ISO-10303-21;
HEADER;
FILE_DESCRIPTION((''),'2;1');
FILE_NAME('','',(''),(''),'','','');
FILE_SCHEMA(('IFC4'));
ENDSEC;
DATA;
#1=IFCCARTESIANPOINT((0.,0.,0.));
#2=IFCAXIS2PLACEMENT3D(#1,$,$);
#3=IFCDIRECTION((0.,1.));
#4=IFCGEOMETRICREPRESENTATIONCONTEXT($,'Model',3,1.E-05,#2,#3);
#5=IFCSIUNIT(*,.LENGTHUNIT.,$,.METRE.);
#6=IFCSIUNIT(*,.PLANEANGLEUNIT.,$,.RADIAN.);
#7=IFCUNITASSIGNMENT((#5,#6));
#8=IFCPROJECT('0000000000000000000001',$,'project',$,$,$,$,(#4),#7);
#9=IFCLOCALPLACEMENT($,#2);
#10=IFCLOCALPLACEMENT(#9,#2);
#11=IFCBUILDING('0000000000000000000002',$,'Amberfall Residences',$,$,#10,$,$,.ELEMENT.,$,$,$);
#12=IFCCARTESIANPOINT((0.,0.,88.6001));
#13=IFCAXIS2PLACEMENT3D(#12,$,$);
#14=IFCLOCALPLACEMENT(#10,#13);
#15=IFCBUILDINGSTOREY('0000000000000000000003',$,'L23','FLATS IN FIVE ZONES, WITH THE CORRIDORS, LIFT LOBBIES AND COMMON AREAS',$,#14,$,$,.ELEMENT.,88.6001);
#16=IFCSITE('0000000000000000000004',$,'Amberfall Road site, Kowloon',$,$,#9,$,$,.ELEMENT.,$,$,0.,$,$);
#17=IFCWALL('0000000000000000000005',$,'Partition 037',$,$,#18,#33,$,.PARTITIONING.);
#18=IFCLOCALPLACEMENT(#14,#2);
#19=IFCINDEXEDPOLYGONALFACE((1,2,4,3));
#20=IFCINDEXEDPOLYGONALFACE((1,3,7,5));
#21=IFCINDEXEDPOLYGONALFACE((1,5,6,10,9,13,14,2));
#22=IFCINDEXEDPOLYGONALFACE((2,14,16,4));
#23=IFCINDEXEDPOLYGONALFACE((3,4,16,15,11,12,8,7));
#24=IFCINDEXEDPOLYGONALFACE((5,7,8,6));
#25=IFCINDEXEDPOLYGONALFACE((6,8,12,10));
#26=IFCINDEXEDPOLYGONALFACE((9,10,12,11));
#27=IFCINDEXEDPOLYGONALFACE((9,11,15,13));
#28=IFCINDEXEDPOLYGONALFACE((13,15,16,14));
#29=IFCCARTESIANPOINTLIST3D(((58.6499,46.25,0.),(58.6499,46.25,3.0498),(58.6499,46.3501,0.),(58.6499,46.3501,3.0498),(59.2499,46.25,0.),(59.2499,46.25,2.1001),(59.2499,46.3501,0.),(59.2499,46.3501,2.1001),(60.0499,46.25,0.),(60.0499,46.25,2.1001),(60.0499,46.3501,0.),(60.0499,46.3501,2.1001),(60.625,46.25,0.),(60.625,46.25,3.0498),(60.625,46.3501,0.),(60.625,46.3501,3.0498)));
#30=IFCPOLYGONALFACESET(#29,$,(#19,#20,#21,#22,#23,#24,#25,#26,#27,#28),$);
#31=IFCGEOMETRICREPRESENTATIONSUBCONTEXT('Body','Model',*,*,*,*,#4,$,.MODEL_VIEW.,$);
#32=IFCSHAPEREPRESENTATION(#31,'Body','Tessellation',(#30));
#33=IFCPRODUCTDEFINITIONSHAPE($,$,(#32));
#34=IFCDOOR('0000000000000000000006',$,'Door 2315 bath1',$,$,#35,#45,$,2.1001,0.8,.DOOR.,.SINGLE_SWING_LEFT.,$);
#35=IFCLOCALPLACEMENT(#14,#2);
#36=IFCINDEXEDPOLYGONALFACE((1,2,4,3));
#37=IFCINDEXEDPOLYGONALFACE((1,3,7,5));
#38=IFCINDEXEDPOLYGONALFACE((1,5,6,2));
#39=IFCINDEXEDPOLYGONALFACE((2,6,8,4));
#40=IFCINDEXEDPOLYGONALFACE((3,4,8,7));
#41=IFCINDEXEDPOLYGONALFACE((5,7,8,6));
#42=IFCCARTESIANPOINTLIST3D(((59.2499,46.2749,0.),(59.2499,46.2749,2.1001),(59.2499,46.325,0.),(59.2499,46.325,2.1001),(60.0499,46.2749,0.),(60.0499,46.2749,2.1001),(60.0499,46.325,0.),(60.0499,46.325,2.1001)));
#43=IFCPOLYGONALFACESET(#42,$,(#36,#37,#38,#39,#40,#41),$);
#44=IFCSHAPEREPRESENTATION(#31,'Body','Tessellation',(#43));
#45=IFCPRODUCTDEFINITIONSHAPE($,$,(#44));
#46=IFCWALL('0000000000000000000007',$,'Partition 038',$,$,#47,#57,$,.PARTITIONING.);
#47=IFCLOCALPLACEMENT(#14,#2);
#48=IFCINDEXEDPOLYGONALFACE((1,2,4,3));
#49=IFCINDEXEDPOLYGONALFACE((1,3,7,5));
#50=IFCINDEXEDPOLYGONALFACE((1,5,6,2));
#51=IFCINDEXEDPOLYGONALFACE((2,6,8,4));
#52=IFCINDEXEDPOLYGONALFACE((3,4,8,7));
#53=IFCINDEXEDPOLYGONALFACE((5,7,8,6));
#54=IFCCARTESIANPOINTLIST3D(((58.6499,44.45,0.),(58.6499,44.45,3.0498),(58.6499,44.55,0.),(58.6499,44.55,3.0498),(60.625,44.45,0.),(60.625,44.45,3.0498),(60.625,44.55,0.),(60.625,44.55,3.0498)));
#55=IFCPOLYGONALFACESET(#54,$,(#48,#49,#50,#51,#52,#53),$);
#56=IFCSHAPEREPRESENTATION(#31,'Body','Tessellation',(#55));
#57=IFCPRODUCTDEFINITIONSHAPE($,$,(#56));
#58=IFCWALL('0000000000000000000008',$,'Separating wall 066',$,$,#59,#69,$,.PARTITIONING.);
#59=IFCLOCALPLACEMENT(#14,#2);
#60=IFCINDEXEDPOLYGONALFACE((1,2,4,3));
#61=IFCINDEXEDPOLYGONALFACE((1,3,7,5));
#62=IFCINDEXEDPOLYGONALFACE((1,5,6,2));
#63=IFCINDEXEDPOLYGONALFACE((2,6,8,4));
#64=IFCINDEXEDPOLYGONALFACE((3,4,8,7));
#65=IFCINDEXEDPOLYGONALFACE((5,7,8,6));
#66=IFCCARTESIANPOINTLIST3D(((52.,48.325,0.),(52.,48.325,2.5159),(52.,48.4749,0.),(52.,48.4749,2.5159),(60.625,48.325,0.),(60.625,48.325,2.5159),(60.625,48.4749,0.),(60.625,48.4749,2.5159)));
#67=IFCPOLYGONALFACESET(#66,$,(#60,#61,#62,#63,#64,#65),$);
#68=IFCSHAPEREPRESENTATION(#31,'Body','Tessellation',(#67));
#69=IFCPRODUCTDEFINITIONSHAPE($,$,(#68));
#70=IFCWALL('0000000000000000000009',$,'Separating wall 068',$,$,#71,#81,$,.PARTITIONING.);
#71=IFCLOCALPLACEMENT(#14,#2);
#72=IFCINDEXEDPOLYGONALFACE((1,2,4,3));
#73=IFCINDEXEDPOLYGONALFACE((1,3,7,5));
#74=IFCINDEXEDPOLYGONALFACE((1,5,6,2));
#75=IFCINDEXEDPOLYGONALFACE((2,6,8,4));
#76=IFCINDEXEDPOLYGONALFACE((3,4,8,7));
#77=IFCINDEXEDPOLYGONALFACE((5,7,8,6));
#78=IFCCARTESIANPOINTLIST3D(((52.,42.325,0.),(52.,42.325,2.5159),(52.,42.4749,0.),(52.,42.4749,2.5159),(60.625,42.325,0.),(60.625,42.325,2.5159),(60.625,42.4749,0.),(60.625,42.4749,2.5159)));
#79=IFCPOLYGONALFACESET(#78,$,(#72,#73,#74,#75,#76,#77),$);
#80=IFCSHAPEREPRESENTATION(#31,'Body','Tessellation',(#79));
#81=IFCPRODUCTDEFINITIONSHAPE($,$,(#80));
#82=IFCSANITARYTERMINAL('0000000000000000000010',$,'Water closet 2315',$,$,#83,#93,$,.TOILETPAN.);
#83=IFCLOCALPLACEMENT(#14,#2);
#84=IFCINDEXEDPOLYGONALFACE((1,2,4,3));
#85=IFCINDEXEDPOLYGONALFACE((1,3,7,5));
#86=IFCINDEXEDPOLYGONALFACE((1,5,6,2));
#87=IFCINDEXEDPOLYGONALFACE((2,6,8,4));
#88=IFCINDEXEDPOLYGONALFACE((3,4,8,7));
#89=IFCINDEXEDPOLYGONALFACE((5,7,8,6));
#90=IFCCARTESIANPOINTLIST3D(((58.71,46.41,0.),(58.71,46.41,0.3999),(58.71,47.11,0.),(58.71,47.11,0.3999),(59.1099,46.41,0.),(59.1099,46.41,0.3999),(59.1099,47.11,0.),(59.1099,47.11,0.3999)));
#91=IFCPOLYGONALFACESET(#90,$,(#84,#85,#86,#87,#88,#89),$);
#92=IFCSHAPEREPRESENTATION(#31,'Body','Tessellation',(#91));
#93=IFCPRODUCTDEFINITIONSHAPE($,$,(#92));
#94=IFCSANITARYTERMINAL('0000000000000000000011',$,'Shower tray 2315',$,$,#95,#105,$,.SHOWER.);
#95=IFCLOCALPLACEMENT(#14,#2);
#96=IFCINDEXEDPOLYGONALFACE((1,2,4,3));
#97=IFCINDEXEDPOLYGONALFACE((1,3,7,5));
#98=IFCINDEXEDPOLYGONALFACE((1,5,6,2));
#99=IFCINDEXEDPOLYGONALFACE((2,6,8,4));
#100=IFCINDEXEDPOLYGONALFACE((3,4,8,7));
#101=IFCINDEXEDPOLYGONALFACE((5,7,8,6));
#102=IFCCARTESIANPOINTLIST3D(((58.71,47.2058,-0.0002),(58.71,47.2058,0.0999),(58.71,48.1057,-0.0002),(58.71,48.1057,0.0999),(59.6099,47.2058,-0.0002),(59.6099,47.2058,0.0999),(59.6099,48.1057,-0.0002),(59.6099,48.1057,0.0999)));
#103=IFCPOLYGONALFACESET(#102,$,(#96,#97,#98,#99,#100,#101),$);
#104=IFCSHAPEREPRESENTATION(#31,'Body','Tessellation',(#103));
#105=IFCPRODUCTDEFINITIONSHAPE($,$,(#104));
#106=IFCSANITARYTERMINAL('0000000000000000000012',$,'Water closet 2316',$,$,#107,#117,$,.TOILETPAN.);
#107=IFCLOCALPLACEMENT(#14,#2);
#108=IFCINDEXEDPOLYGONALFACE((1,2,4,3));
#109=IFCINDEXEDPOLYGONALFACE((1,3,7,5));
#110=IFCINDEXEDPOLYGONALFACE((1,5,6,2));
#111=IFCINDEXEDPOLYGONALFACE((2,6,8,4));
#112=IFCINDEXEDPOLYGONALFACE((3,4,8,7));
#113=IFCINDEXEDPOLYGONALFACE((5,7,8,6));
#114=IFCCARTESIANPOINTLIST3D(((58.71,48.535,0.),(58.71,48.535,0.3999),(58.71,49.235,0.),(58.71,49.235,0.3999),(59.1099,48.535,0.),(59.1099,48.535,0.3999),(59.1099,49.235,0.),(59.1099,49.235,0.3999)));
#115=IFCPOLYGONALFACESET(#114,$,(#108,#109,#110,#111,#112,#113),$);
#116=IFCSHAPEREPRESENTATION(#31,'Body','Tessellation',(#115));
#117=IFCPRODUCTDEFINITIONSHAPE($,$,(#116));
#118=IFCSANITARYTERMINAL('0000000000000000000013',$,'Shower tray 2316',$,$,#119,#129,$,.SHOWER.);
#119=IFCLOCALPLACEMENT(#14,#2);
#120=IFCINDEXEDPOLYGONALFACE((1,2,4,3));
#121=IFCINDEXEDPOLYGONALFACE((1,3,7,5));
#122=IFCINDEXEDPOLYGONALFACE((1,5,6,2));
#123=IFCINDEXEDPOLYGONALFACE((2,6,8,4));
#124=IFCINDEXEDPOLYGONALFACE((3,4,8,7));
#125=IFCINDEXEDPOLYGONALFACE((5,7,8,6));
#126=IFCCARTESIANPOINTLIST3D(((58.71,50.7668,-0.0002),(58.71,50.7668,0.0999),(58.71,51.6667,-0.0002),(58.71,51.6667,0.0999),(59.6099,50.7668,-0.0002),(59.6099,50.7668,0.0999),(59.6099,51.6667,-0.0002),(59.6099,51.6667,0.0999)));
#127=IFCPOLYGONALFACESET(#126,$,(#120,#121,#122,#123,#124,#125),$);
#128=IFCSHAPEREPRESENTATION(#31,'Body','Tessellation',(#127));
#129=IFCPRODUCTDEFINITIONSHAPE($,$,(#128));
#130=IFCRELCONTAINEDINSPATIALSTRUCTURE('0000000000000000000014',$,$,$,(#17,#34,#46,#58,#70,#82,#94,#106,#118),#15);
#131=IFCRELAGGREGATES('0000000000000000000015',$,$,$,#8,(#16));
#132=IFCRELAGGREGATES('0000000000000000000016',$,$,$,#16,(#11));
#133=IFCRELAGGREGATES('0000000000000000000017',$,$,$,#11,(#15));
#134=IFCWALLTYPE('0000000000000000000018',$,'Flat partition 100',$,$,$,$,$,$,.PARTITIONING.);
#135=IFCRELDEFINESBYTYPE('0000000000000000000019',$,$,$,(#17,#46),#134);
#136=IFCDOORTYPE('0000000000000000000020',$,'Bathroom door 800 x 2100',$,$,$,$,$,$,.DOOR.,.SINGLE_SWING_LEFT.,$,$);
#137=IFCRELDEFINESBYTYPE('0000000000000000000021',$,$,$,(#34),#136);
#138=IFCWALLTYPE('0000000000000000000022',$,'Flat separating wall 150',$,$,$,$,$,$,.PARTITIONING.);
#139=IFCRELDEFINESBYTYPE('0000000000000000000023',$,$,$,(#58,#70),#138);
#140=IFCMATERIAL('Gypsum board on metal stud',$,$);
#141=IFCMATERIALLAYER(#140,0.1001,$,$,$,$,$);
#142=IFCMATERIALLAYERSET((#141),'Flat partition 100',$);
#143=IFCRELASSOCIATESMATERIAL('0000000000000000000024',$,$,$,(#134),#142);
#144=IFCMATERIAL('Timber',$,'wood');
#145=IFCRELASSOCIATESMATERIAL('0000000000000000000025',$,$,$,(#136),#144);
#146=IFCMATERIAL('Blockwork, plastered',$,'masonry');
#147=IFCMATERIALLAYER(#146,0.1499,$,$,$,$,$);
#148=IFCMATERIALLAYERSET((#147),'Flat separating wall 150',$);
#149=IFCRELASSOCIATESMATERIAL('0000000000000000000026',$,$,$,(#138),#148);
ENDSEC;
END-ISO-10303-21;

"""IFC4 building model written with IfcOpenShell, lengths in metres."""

from ifc_helpers import new_model, si_unit, direction, frame, frame_2d, origin, origin_2d, place, context, subcontext, project, spatial, rectangle, extrude, material, layer, layer_set, type_object, element, fill, save


model = new_model("IFC4")

# Units and contexts
model_context = context("Model", 3, precision=1e-05, world=origin(), true_north=direction((0.0, 1.0)))
body_context = subcontext(model_context, "Body", "Model", "MODEL_VIEW")
ifc_project = project(units=[si_unit("LENGTHUNIT", "METRE"), si_unit("PLANEANGLEUNIT", "RADIAN")], contexts=[model_context])

# Site, building, storey
site_placement = place(None, origin())
site = spatial("IfcSite", under=ifc_project, at=site_placement, Name="Amberfall Road site, Kowloon", CompositionType="ELEMENT", RefElevation=0.0)
building_placement = place(site_placement, origin())
building = spatial("IfcBuilding", under=site, at=building_placement, Name="Amberfall Residences", CompositionType="ELEMENT")
storey_placement = place(building_placement, frame((0.0, 0.0, 88.6001)))
storey = spatial("IfcBuildingStorey", under=building, at=storey_placement, Name="L23", Description="FLATS IN FIVE ZONES, WITH THE CORRIDORS, LIFT LOBBIES AND COMMON AREAS", CompositionType="ELEMENT", Elevation=88.6001)

# Shared definitions
ifc_material_1 = material(Name="Gypsum board on metal stud")
ifc_layer_1 = layer(ifc_material_1, 0.1001)
ifc_layer_set_1 = layer_set([ifc_layer_1], Name="Flat partition 100")
wall_type_1 = type_object("IfcWallType", Name="Flat partition 100", PredefinedType="PARTITIONING", material=ifc_layer_set_1)
ifc_material_2 = material(Name="Timber", Category="wood")

# Wall, opening, door
wall_1_placement = place(storey_placement, frame((58.6499, 46.3, 0.0), z_axis=(0.0, 0.0, 1.0), x_axis=(1.0, 0.0, 0.0)))
wall_1 = element("IfcWall", 1, at=wall_1_placement, inside=storey, type_object=wall_type_1, Name="Partition 037", PredefinedType="PARTITIONING", context=body_context, shape_type="SweptSolid", body=[
    extrude(rectangle(XDim=1.9751, YDim=0.1001, at=frame_2d((0.9875, 0.0))), origin(), (0.0, 0.0, 1.0), 3.0498),
])
opening_1_placement = place(wall_1_placement, frame((0.6001, 0.0, 0.0)))
opening_1 = element("IfcOpeningElement", 2, at=opening_1_placement, cuts=wall_1, PredefinedType="OPENING", context=body_context, shape_type="SweptSolid", body=[
    extrude(rectangle(XDim=0.8, YDim=2.1001, at=frame_2d((0.3999, 1.05))), frame((0.0, 0.0601, 0.0), z_axis=(0.0, -1.0, 0.0), x_axis=(1.0, 0.0, 0.0)), (0.0, 0.0, 1.0), 0.1201),
])
door_type_1 = type_object("IfcDoorType", Name="Bathroom door 800 x 2100", OperationType="SINGLE_SWING_LEFT", PredefinedType="DOOR", material=ifc_material_2)
door_1_placement = place(opening_1_placement, origin())
door_1 = element("IfcDoor", 3, at=door_1_placement, inside=storey, type_object=door_type_1, Name="Door 2315 bath1", OperationType="SINGLE_SWING_LEFT", OverallHeight=2.1001, OverallWidth=0.8, PredefinedType="DOOR", context=body_context, shape_type="SweptSolid", body=[
    extrude(rectangle(XDim=0.8, YDim=2.1001, at=frame_2d((0.3999, 1.05))), frame((0.0, 0.0249, 0.0), z_axis=(0.0, -1.0, 0.0), x_axis=(1.0, 0.0, 0.0)), (0.0, 0.0, 1.0), 0.05),
])
fill(opening_1, door_1)

# Walls
wall_2_placement = place(storey_placement, frame((58.6499, 44.5, 0.0), z_axis=(0.0, 0.0, 1.0), x_axis=(1.0, 0.0, 0.0)))
element("IfcWall", 4, at=wall_2_placement, inside=storey, type_object=wall_type_1, Name="Partition 038", PredefinedType="PARTITIONING", context=body_context, shape_type="SweptSolid", body=[
    extrude(rectangle(XDim=1.9751, YDim=0.1001, at=frame_2d((0.9875, 0.0))), origin(), (0.0, 0.0, 1.0), 3.0498),
])
ifc_material_3 = material(Name="Blockwork, plastered", Category="masonry")
ifc_layer_2 = layer(ifc_material_3, 0.1499)
ifc_layer_set_2 = layer_set([ifc_layer_2], Name="Flat separating wall 150")
wall_type_2 = type_object("IfcWallType", Name="Flat separating wall 150", PredefinedType="PARTITIONING", material=ifc_layer_set_2)
for number, where, z_axis, x_axis, name in (
    (5, (52.0, 48.3999, 0.0), (0.0, 0.0, 1.0), (1.0, 0.0, 0.0), "Separating wall 066"),
    (6, (52.0, 42.3999, 0.0), (0.0, 0.0, 1.0), (1.0, 0.0, 0.0), "Separating wall 068"),
):
    element("IfcWall", number, at=place(storey_placement, frame(where, z_axis=z_axis, x_axis=x_axis)), inside=storey, type_object=wall_type_2, Name=name, PredefinedType="PARTITIONING", context=body_context, shape_type="SweptSolid", body=[
        extrude(rectangle(XDim=8.625, YDim=0.1499, at=frame_2d((4.3125, 0.0))), origin(), (0.0, 0.0, 1.0), 2.5159),
    ])

# Sanitary terminals
sanitary_terminal_1_placement = place(storey_placement, frame((58.9099, 46.76, 0.0), z_axis=(0.0, 0.0, 1.0), x_axis=(1.0, 0.0, 0.0)))
element("IfcSanitaryTerminal", 7, at=sanitary_terminal_1_placement, inside=storey, Name="Water closet 2315", PredefinedType="TOILETPAN", context=body_context, shape_type="SweptSolid", body=[
    extrude(rectangle(XDim=0.3999, YDim=0.7, at=origin_2d()), origin(), (0.0, 0.0, 1.0), 0.3999),
])
sanitary_terminal_2_placement = place(storey_placement, frame((59.1599, 47.6558, -0.0002), z_axis=(0.0, 0.0, 1.0), x_axis=(1.0, 0.0, 0.0)))
element("IfcSanitaryTerminal", 8, at=sanitary_terminal_2_placement, inside=storey, Name="Shower tray 2315", PredefinedType="SHOWER", context=body_context, shape_type="SweptSolid", body=[
    extrude(rectangle(XDim=0.8999, YDim=0.8999, at=origin_2d()), origin(), (0.0, 0.0, 1.0), 0.1001),
])
sanitary_terminal_3_placement = place(storey_placement, frame((58.9099, 48.885, 0.0), z_axis=(0.0, 0.0, 1.0), x_axis=(1.0, 0.0, 0.0)))
element("IfcSanitaryTerminal", 9, at=sanitary_terminal_3_placement, inside=storey, Name="Water closet 2316", PredefinedType="TOILETPAN", context=body_context, shape_type="SweptSolid", body=[
    extrude(rectangle(XDim=0.3999, YDim=0.7, at=origin_2d()), origin(), (0.0, 0.0, 1.0), 0.3999),
])
sanitary_terminal_4_placement = place(storey_placement, frame((59.1599, 51.2168, -0.0002), z_axis=(0.0, 0.0, 1.0), x_axis=(1.0, 0.0, 0.0)))
element("IfcSanitaryTerminal", 10, at=sanitary_terminal_4_placement, inside=storey, Name="Shower tray 2316", PredefinedType="SHOWER", context=body_context, shape_type="SweptSolid", body=[
    extrude(rectangle(XDim=0.8999, YDim=0.8999, at=origin_2d()), origin(), (0.0, 0.0, 1.0), 0.1001),
])

save(model, "model.ifc")
